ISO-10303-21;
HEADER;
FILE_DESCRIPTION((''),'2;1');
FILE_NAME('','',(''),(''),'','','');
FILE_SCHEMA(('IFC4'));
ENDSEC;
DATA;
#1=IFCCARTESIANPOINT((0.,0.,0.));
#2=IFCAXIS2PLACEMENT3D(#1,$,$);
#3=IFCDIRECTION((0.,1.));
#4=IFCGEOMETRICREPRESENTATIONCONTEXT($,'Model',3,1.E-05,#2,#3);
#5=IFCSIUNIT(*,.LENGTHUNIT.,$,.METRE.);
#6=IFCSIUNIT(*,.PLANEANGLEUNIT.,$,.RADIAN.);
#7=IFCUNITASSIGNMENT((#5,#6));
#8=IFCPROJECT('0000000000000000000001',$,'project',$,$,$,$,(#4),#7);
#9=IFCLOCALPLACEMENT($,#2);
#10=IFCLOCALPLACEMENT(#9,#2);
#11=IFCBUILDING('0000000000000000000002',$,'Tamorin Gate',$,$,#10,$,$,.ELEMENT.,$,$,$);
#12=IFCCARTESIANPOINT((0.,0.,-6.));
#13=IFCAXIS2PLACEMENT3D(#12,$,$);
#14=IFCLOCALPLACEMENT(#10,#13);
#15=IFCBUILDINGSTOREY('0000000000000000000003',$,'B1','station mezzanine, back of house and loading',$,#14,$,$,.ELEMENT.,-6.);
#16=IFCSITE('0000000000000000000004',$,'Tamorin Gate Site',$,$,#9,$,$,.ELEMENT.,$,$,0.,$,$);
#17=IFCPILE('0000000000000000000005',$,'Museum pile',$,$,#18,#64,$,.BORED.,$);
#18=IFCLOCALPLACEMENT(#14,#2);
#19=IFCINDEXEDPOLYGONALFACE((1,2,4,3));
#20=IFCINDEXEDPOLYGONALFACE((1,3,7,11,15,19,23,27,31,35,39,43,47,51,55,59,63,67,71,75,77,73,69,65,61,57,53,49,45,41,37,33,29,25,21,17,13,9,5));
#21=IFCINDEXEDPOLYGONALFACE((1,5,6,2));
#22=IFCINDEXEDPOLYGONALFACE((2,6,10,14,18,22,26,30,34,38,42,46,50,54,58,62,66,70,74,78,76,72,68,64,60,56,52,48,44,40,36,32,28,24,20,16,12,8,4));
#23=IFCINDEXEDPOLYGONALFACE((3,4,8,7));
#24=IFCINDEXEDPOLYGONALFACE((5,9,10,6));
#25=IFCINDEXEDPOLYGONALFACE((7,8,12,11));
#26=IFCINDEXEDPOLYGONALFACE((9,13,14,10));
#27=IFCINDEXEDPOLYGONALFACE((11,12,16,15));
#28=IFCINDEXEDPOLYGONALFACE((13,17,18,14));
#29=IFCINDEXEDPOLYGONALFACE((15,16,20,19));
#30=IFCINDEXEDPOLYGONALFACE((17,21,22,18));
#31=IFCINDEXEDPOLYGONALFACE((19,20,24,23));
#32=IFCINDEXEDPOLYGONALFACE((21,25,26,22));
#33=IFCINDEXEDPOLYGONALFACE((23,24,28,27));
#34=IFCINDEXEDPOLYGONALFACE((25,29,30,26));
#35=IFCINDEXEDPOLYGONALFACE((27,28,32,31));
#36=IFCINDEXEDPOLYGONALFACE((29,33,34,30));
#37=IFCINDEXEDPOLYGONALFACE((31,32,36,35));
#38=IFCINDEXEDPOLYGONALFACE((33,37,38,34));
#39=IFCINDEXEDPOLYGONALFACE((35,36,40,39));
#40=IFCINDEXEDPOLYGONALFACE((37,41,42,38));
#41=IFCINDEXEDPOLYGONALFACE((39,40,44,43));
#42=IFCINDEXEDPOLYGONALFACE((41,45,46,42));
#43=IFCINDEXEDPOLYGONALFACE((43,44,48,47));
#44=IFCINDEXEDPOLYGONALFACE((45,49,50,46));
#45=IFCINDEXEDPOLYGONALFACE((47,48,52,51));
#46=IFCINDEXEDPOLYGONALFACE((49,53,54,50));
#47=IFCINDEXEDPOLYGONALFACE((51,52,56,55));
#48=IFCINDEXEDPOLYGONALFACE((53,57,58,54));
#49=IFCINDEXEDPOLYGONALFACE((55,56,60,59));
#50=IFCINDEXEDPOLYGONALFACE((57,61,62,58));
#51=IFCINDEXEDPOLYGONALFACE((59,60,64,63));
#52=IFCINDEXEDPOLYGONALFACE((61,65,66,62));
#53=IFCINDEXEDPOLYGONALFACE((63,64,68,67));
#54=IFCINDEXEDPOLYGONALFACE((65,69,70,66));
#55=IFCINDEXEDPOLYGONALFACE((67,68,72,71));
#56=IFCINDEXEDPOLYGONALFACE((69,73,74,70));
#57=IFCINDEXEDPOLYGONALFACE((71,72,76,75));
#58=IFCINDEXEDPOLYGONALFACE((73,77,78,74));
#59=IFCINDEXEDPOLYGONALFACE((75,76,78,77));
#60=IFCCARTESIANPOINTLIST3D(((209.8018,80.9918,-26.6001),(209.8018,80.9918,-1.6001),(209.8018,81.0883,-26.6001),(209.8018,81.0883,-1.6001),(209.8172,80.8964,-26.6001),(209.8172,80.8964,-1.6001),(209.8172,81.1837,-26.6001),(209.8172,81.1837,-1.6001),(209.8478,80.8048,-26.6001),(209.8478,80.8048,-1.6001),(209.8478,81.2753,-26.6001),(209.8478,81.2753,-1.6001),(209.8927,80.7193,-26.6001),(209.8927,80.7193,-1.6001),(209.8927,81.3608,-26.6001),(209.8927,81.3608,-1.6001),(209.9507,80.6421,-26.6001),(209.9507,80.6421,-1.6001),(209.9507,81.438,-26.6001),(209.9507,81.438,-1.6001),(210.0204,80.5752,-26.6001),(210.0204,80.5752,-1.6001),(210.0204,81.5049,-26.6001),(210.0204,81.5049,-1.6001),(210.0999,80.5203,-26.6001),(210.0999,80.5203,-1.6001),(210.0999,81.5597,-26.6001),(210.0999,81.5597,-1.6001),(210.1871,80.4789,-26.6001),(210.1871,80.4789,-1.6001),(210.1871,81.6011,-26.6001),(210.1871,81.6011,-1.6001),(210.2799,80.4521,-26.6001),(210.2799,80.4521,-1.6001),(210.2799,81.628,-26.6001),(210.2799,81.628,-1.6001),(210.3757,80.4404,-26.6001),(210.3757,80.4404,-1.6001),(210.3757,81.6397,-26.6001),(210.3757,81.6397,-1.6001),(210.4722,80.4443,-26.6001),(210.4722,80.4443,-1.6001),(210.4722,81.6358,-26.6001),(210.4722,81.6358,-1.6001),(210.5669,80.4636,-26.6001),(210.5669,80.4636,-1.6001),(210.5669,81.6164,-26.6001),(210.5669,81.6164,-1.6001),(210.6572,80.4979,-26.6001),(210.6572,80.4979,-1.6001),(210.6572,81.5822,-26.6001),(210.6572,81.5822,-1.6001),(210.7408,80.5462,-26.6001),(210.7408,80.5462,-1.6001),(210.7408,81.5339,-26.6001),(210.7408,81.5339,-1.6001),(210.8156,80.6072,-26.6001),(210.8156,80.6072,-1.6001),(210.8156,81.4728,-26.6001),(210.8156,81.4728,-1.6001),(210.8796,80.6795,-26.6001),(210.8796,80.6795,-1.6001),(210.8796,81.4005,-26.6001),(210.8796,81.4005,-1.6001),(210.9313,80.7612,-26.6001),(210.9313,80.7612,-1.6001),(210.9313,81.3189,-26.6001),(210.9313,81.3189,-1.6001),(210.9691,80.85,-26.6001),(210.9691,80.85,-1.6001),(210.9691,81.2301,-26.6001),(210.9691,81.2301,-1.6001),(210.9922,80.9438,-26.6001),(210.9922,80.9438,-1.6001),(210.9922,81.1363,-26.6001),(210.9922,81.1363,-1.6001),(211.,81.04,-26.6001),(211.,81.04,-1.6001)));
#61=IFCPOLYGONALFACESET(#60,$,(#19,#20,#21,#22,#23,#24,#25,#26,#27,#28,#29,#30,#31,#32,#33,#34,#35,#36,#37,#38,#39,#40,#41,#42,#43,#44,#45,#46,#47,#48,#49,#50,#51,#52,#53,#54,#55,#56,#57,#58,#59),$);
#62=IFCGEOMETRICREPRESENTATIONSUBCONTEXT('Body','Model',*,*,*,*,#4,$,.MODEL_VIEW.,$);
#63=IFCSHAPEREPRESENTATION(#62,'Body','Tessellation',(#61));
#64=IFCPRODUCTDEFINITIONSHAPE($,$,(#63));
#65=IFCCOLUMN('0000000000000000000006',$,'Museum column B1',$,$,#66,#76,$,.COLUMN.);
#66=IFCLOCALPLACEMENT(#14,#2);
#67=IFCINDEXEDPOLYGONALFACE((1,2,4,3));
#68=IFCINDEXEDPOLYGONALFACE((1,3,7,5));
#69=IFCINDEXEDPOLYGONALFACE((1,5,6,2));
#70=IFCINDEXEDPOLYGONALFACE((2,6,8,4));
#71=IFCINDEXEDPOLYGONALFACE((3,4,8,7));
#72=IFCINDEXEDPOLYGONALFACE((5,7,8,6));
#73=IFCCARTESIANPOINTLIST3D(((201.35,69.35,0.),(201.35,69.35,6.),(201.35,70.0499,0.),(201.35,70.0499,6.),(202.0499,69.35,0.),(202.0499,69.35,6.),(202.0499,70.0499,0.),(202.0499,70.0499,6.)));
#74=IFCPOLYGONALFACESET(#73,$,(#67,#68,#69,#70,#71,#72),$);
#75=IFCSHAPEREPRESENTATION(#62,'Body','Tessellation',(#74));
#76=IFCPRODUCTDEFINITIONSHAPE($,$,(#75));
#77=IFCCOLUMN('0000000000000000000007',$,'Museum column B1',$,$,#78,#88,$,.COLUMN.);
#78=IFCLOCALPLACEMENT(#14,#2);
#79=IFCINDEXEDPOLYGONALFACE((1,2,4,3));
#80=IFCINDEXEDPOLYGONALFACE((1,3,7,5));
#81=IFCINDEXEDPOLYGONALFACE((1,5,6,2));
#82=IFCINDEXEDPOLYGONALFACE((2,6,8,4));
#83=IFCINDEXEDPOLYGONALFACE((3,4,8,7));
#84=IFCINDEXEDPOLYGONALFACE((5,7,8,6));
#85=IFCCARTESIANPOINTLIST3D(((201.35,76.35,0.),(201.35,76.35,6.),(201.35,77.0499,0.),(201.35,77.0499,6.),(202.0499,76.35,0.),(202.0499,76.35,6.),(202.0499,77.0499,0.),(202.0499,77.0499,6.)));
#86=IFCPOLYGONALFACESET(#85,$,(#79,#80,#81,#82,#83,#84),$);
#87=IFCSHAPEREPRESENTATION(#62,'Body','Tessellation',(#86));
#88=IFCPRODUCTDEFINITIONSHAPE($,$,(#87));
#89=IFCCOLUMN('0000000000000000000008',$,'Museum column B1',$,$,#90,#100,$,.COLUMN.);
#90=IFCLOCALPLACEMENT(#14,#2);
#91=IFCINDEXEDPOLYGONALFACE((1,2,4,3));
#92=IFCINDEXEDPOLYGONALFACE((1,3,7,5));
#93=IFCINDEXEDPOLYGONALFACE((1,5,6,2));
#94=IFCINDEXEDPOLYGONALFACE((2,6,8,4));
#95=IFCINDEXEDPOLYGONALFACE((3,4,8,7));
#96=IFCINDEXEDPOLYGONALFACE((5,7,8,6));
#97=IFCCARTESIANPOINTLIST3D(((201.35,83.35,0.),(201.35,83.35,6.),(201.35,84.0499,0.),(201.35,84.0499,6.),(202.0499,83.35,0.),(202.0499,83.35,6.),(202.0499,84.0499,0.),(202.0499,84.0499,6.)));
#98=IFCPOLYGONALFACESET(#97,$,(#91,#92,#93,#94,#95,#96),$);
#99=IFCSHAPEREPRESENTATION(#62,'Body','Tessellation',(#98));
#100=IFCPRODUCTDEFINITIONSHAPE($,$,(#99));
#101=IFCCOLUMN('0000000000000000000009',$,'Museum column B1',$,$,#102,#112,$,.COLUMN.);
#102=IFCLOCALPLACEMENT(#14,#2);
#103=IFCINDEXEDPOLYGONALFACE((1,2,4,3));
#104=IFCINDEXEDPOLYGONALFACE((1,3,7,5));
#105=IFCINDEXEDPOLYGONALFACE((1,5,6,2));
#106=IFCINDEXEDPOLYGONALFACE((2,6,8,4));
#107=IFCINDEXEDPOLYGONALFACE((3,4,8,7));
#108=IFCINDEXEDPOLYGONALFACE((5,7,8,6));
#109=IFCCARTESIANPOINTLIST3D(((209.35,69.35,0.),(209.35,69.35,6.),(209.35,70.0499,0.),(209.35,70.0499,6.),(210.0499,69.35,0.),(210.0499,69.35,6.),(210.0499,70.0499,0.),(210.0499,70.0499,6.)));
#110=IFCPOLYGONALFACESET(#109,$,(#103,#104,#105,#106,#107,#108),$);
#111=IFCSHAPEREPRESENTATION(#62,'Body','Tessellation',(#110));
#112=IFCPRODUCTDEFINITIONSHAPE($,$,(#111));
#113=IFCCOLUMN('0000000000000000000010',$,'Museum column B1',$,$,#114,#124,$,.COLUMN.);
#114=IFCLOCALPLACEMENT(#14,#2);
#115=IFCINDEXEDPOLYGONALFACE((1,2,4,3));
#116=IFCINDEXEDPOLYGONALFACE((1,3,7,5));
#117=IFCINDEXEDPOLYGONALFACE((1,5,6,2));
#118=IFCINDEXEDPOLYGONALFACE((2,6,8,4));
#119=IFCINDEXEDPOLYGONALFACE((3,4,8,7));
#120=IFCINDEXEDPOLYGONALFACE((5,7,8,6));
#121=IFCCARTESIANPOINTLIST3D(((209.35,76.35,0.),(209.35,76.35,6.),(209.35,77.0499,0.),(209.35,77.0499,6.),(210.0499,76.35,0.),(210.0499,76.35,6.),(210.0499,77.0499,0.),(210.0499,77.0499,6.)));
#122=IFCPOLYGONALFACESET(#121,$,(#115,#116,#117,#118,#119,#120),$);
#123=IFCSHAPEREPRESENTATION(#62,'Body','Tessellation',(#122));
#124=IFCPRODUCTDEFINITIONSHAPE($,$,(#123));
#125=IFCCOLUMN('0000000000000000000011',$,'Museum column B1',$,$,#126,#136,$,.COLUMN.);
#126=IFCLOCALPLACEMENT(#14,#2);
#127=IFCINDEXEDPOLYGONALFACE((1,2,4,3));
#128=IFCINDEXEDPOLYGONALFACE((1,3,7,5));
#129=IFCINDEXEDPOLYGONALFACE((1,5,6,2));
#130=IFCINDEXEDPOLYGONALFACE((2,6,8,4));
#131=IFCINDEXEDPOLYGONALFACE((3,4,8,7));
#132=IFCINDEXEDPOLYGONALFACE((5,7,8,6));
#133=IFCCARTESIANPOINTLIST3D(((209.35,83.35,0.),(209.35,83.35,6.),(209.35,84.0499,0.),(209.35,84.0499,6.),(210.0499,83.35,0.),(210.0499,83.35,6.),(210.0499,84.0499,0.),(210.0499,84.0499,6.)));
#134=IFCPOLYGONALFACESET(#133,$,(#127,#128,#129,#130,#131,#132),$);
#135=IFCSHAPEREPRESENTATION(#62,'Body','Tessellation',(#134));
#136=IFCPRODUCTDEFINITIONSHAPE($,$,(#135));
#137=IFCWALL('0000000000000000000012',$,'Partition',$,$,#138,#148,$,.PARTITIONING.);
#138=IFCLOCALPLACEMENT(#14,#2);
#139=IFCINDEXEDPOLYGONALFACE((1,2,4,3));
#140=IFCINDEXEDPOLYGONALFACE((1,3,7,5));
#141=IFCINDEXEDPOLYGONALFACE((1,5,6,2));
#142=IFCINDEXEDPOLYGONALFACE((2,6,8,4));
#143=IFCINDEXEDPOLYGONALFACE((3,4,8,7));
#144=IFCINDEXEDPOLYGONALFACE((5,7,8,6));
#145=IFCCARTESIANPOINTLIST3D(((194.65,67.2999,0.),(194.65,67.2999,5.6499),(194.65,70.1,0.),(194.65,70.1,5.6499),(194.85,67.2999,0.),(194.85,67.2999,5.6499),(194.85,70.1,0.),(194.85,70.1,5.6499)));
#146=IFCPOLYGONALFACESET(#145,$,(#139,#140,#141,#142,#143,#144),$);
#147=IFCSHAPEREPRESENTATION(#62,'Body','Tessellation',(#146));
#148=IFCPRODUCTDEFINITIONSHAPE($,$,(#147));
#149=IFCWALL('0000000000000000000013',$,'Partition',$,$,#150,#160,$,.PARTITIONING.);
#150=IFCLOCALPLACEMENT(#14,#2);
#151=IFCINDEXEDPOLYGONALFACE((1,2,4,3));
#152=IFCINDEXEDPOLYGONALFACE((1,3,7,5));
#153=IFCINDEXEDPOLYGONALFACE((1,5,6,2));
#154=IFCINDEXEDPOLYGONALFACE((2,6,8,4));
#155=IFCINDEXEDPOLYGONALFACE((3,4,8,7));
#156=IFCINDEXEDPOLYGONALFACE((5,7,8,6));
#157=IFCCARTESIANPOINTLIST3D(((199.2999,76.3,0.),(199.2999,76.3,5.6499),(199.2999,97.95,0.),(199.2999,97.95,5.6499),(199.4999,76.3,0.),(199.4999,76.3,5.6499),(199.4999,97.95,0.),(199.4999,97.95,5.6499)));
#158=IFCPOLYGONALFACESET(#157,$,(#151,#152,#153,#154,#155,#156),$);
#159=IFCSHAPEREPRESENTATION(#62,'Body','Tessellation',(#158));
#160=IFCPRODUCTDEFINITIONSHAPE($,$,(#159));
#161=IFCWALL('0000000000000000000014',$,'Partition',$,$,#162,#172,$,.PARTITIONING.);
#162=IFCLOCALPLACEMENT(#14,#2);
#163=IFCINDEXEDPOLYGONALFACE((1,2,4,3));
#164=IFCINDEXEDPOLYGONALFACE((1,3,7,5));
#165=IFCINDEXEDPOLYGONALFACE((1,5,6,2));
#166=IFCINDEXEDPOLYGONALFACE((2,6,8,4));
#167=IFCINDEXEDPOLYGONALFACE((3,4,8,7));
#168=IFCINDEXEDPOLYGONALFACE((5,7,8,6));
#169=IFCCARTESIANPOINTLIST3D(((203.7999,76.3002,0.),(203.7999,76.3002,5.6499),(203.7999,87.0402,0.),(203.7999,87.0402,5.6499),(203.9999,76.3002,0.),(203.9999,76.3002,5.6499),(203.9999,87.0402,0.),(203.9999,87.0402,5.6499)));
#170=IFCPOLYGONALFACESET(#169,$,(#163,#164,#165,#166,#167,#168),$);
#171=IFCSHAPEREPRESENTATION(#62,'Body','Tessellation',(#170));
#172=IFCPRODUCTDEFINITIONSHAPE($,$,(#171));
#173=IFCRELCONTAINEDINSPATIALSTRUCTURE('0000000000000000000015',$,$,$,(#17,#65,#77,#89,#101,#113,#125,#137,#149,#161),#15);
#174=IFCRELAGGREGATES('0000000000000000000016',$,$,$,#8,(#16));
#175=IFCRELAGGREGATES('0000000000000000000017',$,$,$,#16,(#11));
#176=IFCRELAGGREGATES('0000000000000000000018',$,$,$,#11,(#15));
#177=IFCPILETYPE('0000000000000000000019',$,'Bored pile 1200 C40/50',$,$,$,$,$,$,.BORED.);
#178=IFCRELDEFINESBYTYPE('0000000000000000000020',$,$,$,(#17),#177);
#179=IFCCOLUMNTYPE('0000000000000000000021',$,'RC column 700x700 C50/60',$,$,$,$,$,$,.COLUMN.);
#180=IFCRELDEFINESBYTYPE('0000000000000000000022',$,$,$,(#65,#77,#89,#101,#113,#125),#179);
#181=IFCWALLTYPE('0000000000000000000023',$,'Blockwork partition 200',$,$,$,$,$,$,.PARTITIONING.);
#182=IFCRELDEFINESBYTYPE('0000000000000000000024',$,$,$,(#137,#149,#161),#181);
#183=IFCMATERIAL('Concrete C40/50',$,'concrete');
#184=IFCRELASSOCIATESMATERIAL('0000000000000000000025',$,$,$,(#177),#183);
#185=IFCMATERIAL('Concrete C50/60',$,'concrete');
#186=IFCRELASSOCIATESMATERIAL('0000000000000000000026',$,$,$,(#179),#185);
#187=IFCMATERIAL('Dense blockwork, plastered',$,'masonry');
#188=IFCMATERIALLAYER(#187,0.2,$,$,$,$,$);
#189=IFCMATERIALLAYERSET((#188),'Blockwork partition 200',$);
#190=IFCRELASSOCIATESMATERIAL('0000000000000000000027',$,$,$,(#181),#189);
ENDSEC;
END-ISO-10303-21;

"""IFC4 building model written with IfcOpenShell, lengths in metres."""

from ifc_helpers import new_model, si_unit, direction, frame, frame_2d, origin, origin_2d, place, context, subcontext, project, spatial, rectangle, circle, extrude, material, layer, layer_set, material_profile, profile_set, type_object, element, save


model = new_model("IFC4")

# Units and contexts
model_context = context("Model", 3, precision=1e-05, world=origin(), true_north=direction((0.0, 1.0)))
body_context = subcontext(model_context, "Body", "Model", "MODEL_VIEW")
ifc_project = project(units=[si_unit("LENGTHUNIT", "METRE"), si_unit("PLANEANGLEUNIT", "RADIAN")], contexts=[model_context])

# Site, building, storey
site_placement = place(None, origin())
site = spatial("IfcSite", under=ifc_project, at=site_placement, Name="Tamorin Gate Site", CompositionType="ELEMENT", RefElevation=0.0)
building_placement = place(site_placement, origin())
building = spatial("IfcBuilding", under=site, at=building_placement, Name="Tamorin Gate", CompositionType="ELEMENT")
storey_placement = place(building_placement, frame((0.0, 0.0, -6.0)))
storey = spatial("IfcBuildingStorey", under=building, at=storey_placement, Name="B1", Description="station mezzanine, back of house and loading", CompositionType="ELEMENT", Elevation=-6.0)

# Pile
ifc_material_1 = material(Name="Concrete C40/50", Category="concrete")
ifc_material_profile_1 = material_profile(ifc_material_1, circle(Radius=0.6001, at=origin_2d()))
ifc_profile_set_1 = profile_set([ifc_material_profile_1], Name="Concrete C40/50")
pile_type = type_object("IfcPileType", Name="Bored pile 1200 C40/50", PredefinedType="BORED", material=ifc_profile_set_1)
for number, where, z_axis, x_axis, name in (
    (1, (210.3999, 81.04, -1.6001), (0.0, 0.0, -1.0), (1.0, 0.0, 0.0), "Museum pile"),
):
    element("IfcPile", number, at=place(storey_placement, frame(where, z_axis=z_axis, x_axis=x_axis)), inside=storey, type_object=pile_type, Name=name, PredefinedType="BORED", context=body_context, shape_type="SweptSolid", body=[
        extrude(circle(Radius=0.6001, at=origin_2d()), origin(), (0.0, 0.0, 1.0), 25.0),
    ])

# Columns
ifc_material_2 = material(Name="Concrete C50/60", Category="concrete")
ifc_material_profile_2 = material_profile(ifc_material_2, rectangle(XDim=0.7, YDim=0.7, at=origin_2d()), Name="RC 700x700")
ifc_profile_set_2 = profile_set([ifc_material_profile_2], Name="Concrete C50/60")
column_type = type_object("IfcColumnType", Name="RC column 700x700 C50/60", PredefinedType="COLUMN", material=ifc_profile_set_2)
for number, where, z_axis, x_axis, name in (
    (2, (201.7, 69.7, 0.0), (0.0, 0.0, 1.0), (1.0, 0.0, 0.0), "Museum column B1"),
    (3, (201.7, 76.7, 0.0), (0.0, 0.0, 1.0), (1.0, 0.0, 0.0), "Museum column B1"),
    (4, (201.7, 83.7, 0.0), (0.0, 0.0, 1.0), (1.0, 0.0, 0.0), "Museum column B1"),
    (5, (209.7, 69.7, 0.0), (0.0, 0.0, 1.0), (1.0, 0.0, 0.0), "Museum column B1"),
    (6, (209.7, 76.7, 0.0), (0.0, 0.0, 1.0), (1.0, 0.0, 0.0), "Museum column B1"),
    (7, (209.7, 83.7, 0.0), (0.0, 0.0, 1.0), (1.0, 0.0, 0.0), "Museum column B1"),
):
    element("IfcColumn", number, at=place(storey_placement, frame(where, z_axis=z_axis, x_axis=x_axis)), inside=storey, type_object=column_type, Name=name, PredefinedType="COLUMN", context=body_context, shape_type="SweptSolid", body=[
        extrude(rectangle(XDim=0.7, YDim=0.7, at=origin_2d()), origin(), (0.0, 0.0, 1.0), 6.0),
    ])

# Walls
ifc_material_3 = material(Name="Dense blockwork, plastered", Category="masonry")
ifc_layer = layer(ifc_material_3, 0.2)
ifc_layer_set = layer_set([ifc_layer], Name="Blockwork partition 200")
wall_type = type_object("IfcWallType", Name="Blockwork partition 200", PredefinedType="PARTITIONING", material=ifc_layer_set)
wall_1_placement = place(storey_placement, frame((194.75, 67.3, 0.0), z_axis=(0.0, 0.0, 1.0), x_axis=(0.0, 1.0, 0.0)))
element("IfcWall", 8, at=wall_1_placement, inside=storey, type_object=wall_type, Name="Partition", PredefinedType="PARTITIONING", context=body_context, shape_type="SweptSolid", body=[
    extrude(rectangle(XDim=2.8, YDim=0.2, at=frame_2d((1.3999, 0.0))), origin(), (0.0, 0.0, 1.0), 5.6499),
])
wall_2_placement = place(storey_placement, frame((199.3999, 76.3, 0.0), z_axis=(0.0, 0.0, 1.0), x_axis=(0.0, 1.0, 0.0)))
element("IfcWall", 9, at=wall_2_placement, inside=storey, type_object=wall_type, Name="Partition", PredefinedType="PARTITIONING", context=body_context, shape_type="SweptSolid", body=[
    extrude(rectangle(XDim=21.6499, YDim=0.2, at=frame_2d((10.825, 0.0))), origin(), (0.0, 0.0, 1.0), 5.6499),
])
wall_3_placement = place(storey_placement, frame((203.8999, 76.3, 0.0), z_axis=(0.0, 0.0, 1.0), x_axis=(0.0, 1.0, 0.0)))
element("IfcWall", 10, at=wall_3_placement, inside=storey, type_object=wall_type, Name="Partition", PredefinedType="PARTITIONING", context=body_context, shape_type="SweptSolid", body=[
    extrude(rectangle(XDim=10.74, YDim=0.2, at=frame_2d((5.3701, 0.0))), origin(), (0.0, 0.0, 1.0), 5.6499),
])

save(model, "model.ifc")
